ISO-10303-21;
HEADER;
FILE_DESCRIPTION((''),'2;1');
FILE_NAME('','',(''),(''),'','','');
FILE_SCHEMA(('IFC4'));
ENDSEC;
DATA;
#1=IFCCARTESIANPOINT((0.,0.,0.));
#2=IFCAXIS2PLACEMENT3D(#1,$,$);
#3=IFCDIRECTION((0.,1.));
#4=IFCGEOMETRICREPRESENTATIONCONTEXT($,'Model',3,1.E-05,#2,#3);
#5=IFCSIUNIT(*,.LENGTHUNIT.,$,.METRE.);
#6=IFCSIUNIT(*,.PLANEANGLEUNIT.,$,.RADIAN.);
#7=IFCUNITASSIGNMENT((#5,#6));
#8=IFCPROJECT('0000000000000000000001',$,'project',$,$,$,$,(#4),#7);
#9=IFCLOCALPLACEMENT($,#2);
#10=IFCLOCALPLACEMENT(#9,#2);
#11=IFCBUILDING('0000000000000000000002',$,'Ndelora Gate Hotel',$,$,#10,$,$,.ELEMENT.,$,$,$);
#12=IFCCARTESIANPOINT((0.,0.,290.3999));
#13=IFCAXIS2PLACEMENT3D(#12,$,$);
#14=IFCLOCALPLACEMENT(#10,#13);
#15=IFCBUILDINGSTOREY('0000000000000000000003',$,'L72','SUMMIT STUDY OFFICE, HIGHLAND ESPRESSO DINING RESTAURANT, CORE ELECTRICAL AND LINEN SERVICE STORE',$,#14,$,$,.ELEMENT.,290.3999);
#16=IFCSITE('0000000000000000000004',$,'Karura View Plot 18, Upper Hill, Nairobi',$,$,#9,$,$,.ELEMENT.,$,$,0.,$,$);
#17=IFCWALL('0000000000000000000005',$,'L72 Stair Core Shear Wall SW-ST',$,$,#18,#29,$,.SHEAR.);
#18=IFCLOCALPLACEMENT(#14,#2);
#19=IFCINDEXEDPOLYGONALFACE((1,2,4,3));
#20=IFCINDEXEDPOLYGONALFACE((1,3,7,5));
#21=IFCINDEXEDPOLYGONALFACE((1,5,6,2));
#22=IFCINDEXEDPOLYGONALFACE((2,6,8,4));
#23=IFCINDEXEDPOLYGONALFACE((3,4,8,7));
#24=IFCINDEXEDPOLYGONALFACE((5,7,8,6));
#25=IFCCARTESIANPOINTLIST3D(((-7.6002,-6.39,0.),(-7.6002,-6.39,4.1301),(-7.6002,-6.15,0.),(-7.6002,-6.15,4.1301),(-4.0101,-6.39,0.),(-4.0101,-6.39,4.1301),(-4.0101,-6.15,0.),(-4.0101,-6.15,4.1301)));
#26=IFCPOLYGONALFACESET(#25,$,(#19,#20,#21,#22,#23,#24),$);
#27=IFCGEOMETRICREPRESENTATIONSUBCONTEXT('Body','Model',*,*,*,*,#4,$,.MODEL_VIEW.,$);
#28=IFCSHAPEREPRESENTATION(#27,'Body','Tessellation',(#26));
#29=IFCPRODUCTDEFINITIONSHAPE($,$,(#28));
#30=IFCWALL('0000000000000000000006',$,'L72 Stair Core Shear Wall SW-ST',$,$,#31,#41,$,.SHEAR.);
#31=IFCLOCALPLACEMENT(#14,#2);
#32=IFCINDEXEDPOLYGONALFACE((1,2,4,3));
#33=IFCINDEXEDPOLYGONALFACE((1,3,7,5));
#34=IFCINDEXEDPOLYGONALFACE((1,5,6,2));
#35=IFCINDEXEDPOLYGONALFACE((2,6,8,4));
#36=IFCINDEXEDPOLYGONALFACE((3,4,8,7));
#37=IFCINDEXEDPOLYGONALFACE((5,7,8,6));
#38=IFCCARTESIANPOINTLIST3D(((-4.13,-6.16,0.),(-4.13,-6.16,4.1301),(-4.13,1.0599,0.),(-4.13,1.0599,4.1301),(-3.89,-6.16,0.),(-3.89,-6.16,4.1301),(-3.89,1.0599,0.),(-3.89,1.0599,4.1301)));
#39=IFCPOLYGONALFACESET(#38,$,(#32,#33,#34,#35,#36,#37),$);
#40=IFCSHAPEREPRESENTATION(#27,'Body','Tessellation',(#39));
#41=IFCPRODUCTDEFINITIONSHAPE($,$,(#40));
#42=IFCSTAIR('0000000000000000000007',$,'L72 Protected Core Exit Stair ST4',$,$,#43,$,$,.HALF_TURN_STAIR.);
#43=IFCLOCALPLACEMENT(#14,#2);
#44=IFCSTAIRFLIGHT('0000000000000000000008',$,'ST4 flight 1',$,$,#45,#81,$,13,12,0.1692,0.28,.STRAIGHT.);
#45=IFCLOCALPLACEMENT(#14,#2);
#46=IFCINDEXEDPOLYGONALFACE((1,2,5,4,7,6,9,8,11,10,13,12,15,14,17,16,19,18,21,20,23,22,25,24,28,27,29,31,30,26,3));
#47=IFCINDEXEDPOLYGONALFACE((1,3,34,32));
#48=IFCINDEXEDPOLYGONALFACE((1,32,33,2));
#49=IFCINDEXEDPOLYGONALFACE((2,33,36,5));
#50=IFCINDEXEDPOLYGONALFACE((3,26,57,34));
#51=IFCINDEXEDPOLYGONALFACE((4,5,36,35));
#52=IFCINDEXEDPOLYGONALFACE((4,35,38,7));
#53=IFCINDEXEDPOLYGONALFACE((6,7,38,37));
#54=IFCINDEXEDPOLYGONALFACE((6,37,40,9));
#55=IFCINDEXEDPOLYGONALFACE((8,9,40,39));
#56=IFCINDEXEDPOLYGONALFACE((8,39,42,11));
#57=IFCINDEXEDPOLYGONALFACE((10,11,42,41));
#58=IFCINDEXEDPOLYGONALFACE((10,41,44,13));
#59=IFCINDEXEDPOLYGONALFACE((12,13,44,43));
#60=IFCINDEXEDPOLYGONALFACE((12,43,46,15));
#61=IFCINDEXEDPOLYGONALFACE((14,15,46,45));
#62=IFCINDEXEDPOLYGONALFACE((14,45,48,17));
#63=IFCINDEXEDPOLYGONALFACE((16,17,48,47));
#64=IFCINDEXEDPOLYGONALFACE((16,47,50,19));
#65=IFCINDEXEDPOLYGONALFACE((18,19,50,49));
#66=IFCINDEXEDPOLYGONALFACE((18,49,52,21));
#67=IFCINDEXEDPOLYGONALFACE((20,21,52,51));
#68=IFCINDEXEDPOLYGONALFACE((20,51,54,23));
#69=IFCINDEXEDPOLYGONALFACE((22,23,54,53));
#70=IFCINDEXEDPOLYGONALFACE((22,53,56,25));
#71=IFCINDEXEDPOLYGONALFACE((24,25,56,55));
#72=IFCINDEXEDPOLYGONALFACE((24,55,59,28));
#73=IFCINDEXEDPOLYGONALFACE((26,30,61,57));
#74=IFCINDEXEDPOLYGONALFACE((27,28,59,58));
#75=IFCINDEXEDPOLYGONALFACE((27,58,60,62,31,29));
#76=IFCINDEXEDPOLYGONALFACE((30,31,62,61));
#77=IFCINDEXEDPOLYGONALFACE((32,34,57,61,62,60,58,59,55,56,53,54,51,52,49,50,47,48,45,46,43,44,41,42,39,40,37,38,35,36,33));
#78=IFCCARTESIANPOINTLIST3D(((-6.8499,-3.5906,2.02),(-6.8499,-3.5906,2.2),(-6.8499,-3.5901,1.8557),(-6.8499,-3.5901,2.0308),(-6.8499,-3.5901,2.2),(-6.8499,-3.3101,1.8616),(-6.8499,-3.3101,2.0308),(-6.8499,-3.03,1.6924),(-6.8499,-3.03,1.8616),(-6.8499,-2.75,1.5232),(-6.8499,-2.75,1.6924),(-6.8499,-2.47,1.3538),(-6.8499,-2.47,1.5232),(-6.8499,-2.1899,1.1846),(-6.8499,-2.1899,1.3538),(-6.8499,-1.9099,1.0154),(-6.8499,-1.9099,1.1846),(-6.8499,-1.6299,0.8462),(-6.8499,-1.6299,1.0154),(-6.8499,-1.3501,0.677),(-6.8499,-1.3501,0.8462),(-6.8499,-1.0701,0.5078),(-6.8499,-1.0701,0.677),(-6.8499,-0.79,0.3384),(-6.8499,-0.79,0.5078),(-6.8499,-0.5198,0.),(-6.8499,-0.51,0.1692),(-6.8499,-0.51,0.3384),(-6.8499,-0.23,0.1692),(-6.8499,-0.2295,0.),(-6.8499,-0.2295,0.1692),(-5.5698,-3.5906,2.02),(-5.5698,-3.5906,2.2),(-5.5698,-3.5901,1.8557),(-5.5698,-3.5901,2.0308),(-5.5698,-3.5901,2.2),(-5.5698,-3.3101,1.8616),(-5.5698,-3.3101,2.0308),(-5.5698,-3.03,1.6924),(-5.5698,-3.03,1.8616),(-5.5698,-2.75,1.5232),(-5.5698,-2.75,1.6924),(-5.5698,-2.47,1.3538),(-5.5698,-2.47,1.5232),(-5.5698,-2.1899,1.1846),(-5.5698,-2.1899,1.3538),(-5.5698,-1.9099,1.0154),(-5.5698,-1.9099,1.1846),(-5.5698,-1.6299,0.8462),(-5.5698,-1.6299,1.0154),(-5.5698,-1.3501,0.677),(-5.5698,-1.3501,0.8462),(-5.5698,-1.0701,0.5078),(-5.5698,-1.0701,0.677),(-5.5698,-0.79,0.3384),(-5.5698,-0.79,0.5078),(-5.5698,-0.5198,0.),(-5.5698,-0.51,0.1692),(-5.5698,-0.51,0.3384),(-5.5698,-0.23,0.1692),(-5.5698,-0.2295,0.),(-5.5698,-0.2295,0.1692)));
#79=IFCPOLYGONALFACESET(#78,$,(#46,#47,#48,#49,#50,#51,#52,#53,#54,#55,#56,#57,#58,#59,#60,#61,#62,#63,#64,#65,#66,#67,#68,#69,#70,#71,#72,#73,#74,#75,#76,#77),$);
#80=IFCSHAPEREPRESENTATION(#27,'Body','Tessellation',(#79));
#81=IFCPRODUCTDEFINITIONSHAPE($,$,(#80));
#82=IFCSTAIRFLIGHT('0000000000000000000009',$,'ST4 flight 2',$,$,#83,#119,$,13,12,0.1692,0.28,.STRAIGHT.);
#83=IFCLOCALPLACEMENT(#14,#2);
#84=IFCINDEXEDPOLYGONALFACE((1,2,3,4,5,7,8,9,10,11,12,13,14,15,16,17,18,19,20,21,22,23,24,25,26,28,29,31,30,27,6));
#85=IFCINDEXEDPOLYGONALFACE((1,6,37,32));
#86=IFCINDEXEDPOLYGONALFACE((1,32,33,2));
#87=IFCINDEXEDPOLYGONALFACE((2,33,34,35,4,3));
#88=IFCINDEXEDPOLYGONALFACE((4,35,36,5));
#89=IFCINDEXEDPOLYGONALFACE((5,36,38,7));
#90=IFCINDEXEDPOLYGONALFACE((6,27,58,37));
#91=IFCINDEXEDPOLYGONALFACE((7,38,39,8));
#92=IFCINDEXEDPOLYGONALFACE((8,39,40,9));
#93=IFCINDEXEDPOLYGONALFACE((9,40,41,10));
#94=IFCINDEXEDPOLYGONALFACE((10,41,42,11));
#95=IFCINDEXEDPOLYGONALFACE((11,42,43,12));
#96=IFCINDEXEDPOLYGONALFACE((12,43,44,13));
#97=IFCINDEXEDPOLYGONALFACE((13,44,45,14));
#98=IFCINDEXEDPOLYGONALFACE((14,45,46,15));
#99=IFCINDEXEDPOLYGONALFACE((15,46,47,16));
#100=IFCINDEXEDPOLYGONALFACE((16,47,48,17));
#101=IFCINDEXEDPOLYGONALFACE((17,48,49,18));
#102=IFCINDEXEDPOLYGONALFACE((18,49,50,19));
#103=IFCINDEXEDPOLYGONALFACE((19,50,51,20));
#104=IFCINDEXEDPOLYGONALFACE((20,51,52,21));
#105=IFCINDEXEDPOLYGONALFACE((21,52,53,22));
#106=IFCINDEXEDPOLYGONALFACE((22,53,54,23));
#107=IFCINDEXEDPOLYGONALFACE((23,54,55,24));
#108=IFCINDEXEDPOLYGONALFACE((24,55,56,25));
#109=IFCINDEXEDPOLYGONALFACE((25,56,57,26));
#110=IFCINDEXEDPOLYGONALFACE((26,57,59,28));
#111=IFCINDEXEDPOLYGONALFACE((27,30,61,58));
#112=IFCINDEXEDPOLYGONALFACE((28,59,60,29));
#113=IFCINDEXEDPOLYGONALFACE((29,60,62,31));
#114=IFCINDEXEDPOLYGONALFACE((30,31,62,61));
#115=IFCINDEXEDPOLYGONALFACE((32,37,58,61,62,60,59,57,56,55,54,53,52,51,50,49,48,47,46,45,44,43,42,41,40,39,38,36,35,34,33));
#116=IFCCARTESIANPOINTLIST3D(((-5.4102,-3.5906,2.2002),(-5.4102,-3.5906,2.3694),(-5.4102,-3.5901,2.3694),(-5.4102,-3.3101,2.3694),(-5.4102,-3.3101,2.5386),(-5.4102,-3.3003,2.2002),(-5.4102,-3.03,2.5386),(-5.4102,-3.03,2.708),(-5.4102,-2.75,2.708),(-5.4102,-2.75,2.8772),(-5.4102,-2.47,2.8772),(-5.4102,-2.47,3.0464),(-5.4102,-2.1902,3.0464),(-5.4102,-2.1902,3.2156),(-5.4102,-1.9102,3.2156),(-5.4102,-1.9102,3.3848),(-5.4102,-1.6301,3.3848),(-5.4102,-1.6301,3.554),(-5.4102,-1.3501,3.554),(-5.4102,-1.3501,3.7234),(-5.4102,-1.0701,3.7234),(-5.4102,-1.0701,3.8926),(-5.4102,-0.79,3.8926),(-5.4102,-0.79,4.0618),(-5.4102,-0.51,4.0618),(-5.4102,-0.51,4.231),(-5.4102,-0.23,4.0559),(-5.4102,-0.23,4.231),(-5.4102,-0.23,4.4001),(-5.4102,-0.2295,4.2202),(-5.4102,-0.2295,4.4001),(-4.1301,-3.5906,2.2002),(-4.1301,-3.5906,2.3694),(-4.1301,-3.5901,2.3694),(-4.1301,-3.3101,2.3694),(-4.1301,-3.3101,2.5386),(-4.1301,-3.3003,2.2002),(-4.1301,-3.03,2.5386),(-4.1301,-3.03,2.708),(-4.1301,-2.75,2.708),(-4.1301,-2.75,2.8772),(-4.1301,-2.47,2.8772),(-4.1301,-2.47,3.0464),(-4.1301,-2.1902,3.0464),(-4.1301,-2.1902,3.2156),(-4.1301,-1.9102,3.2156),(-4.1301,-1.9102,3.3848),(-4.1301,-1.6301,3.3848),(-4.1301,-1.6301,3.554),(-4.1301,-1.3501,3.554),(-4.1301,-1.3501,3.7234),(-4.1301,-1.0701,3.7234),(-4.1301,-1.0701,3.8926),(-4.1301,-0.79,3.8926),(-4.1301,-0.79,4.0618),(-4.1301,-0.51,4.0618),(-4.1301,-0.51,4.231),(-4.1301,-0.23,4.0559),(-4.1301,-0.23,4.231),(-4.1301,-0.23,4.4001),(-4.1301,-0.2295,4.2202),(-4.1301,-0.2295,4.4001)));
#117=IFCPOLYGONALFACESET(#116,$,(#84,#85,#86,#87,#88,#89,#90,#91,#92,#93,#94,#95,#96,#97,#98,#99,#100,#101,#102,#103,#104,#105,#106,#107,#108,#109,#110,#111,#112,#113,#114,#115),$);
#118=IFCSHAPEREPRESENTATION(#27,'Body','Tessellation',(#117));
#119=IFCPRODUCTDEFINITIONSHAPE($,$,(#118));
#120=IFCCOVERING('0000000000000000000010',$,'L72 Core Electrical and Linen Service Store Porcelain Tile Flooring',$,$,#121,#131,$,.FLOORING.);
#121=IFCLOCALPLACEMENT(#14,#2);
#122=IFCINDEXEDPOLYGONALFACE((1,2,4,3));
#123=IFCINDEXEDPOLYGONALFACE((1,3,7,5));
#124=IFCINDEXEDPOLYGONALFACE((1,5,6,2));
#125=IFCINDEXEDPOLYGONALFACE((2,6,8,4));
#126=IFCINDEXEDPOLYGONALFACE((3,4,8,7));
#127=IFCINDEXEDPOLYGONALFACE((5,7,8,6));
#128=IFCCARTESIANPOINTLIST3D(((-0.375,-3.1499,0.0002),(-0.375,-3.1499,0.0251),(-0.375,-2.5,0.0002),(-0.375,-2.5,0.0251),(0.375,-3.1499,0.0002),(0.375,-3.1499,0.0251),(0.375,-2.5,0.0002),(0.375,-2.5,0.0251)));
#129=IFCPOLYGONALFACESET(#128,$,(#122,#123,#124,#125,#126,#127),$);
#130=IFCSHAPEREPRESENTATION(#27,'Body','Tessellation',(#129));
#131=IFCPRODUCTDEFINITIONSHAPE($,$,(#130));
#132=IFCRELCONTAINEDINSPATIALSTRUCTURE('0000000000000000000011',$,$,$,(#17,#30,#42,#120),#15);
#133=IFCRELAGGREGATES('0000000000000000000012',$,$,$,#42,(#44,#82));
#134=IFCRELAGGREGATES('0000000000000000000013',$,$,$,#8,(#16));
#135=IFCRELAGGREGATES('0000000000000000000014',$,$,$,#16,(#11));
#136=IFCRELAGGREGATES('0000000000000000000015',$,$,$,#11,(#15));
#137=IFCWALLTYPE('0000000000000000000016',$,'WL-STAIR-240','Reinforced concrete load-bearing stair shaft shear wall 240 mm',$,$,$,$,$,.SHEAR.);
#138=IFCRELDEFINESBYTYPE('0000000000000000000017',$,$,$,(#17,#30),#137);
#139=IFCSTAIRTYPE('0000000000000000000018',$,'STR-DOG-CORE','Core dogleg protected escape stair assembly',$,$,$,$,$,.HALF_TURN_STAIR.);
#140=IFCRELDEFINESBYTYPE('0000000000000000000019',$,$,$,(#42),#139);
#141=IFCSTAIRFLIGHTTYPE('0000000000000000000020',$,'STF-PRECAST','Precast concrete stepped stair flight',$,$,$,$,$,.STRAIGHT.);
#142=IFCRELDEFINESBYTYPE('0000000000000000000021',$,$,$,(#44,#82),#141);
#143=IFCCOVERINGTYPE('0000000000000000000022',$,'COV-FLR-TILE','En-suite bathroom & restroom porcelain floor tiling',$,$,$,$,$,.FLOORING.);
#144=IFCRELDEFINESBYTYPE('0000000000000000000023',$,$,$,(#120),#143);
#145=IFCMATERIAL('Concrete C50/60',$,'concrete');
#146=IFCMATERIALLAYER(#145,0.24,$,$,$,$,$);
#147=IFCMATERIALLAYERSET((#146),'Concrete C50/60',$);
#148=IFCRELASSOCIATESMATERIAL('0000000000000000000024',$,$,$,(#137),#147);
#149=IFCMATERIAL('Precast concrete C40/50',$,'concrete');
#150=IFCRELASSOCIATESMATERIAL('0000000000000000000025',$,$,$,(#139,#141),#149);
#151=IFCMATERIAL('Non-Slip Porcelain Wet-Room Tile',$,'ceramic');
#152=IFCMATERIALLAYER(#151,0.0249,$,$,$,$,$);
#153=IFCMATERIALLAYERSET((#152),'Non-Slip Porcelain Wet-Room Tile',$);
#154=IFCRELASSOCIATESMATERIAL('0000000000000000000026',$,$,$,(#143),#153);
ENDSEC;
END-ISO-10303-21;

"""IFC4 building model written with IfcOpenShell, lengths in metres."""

from ifc_helpers import new_model, si_unit, direction, frame, frame_2d, origin, origin_2d, place, context, subcontext, project, spatial, polyline, rectangle, outline, extrude, material, layer, layer_set, type_object, element, aggregate, save


model = new_model("IFC4")

# Units and contexts
model_context = context("Model", 3, precision=1e-05, world=origin(), true_north=direction((0.0, 1.0)))
body_context = subcontext(model_context, "Body", "Model", "MODEL_VIEW")
ifc_project = project(units=[si_unit("LENGTHUNIT", "METRE"), si_unit("PLANEANGLEUNIT", "RADIAN")], contexts=[model_context])

# Site, building, storey
site_placement = place(None, origin())
site = spatial("IfcSite", under=ifc_project, at=site_placement, Name="Karura View Plot 18, Upper Hill, Nairobi", CompositionType="ELEMENT", RefElevation=0.0)
building_placement = place(site_placement, origin())
building = spatial("IfcBuilding", under=site, at=building_placement, Name="Ndelora Gate Hotel", CompositionType="ELEMENT")
storey_placement = place(building_placement, frame((0.0, 0.0, 290.3999)))
storey = spatial("IfcBuildingStorey", under=building, at=storey_placement, Name="L72", Description="SUMMIT STUDY OFFICE, HIGHLAND ESPRESSO DINING RESTAURANT, CORE ELECTRICAL AND LINEN SERVICE STORE", CompositionType="ELEMENT", Elevation=290.3999)

# Walls
ifc_material_1 = material(Name="Concrete C50/60", Category="concrete")
ifc_layer_1 = layer(ifc_material_1, 0.24)
ifc_layer_set_1 = layer_set([ifc_layer_1], Name="Concrete C50/60")
wall_type_1 = type_object("IfcWallType", Name="WL-STAIR-240", Description="Reinforced concrete load-bearing stair shaft shear wall 240 mm", PredefinedType="SHEAR", material=ifc_layer_set_1)
wall_1_placement = place(storey_placement, frame((-7.6001, -6.27, 0.0), z_axis=(0.0, 0.0, 1.0), x_axis=(1.0, 0.0, 0.0)))
element("IfcWall", 1, at=wall_1_placement, inside=storey, type_object=wall_type_1, Name="L72 Stair Core Shear Wall SW-ST", PredefinedType="SHEAR", context=body_context, shape_type="SweptSolid", body=[
    extrude(rectangle(XDim=3.5901, YDim=0.24, at=frame_2d((1.7949, 0.0))), origin(), (0.0, 0.0, 1.0), 4.1301),
])
wall_2_placement = place(storey_placement, frame((-4.01, -6.1599, 0.0), z_axis=(0.0, 0.0, 1.0), x_axis=(0.0, 1.0, 0.0)))
element("IfcWall", 2, at=wall_2_placement, inside=storey, type_object=wall_type_1, Name="L72 Stair Core Shear Wall SW-ST", PredefinedType="SHEAR", context=body_context, shape_type="SweptSolid", body=[
    extrude(rectangle(XDim=7.22, YDim=0.24, at=frame_2d((3.6099, 0.0))), origin(), (0.0, 0.0, 1.0), 4.1301),
])

# Stair, stair flights
ifc_material_2 = material(Name="Precast concrete C40/50", Category="concrete")
stair_type = type_object("IfcStairType", Name="STR-DOG-CORE", Description="Core dogleg protected escape stair assembly", PredefinedType="HALF_TURN_STAIR", material=ifc_material_2)
stair_placement = place(storey_placement, origin())
stair = element("IfcStair", 3, at=stair_placement, inside=storey, type_object=stair_type, Name="L72 Protected Core Exit Stair ST4", PredefinedType="HALF_TURN_STAIR")
stair_flight_type = type_object("IfcStairFlightType", Name="STF-PRECAST", Description="Precast concrete stepped stair flight", PredefinedType="STRAIGHT", material=ifc_material_2)
stair_flight_1_placement = place(storey_placement, frame((-6.21, -0.23, 0.0), z_axis=(0.0, 0.0, 1.0), x_axis=(0.0, -1.0, 0.0)))
stair_flight_1 = element("IfcStairFlight", 4, at=stair_flight_1_placement, type_object=stair_flight_type, Name="ST4 flight 1", NumberOfRisers=13, NumberOfTreads=12, PredefinedType="STRAIGHT", RiserHeight=0.1692, TreadLength=0.28, context=body_context, shape_type="SweptSolid", body=[
    extrude(outline(polyline([(-0.0005, 0.0), (-0.0005, 0.1692), (0.0, 0.1692), (0.28, 0.1692), (0.28, 0.3384), (0.5601, 0.3384), (0.5601, 0.5078), (0.8401, 0.5078), (0.8401, 0.677), (1.1201, 0.677), (1.1201, 0.8462), (1.3999, 0.8462), (1.3999, 1.0154), (1.6799, 1.0154), (1.6799, 1.1846), (1.96, 1.1846), (1.96, 1.3538), (2.24, 1.3538), (2.24, 1.5232), (2.52, 1.5232), (2.52, 1.6924), (2.8, 1.6924), (2.8, 1.8616), (3.0801, 1.8616), (3.0801, 2.0308), (3.3601, 2.0308), (3.3601, 2.2), (3.3606, 2.2), (3.3606, 2.02), (3.3601, 1.8557), (0.2898, 0.0), (-0.0005, 0.0)])), frame((0.0, 0.6401, 0.0), z_axis=(0.0, -1.0, 0.0), x_axis=(1.0, 0.0, 0.0)), (0.0, 0.0, 1.0), 1.28),
])
stair_flight_2_placement = place(storey_placement, frame((-4.77, -3.5901, 2.2002), z_axis=(0.0, 0.0, 1.0), x_axis=(0.0, 1.0, 0.0)))
stair_flight_2 = element("IfcStairFlight", 5, at=stair_flight_2_placement, type_object=stair_flight_type, Name="ST4 flight 2", NumberOfRisers=13, NumberOfTreads=12, PredefinedType="STRAIGHT", RiserHeight=0.1692, TreadLength=0.28, context=body_context, shape_type="SweptSolid", body=[
    extrude(outline(polyline([(-0.0005, 0.0), (-0.0005, 0.1692), (0.0, 0.1692), (0.28, 0.1692), (0.28, 0.3384), (0.5601, 0.3384), (0.5601, 0.5078), (0.8401, 0.5078), (0.8401, 0.677), (1.1201, 0.677), (1.1201, 0.8462), (1.3999, 0.8462), (1.3999, 1.0154), (1.6799, 1.0154), (1.6799, 1.1846), (1.96, 1.1846), (1.96, 1.3538), (2.24, 1.3538), (2.24, 1.5232), (2.52, 1.5232), (2.52, 1.6924), (2.8, 1.6924), (2.8, 1.8616), (3.0801, 1.8616), (3.0801, 2.0308), (3.3601, 2.0308), (3.3601, 2.2), (3.3606, 2.2), (3.3606, 2.02), (3.3601, 1.8557), (0.2898, 0.0), (-0.0005, 0.0)])), frame((0.0, 0.6401, 0.0), z_axis=(0.0, -1.0, 0.0), x_axis=(1.0, 0.0, 0.0)), (0.0, 0.0, 1.0), 1.28),
])
aggregate(stair, [stair_flight_1, stair_flight_2])

# Covering
ifc_material_3 = material(Name="Non-Slip Porcelain Wet-Room Tile", Category="ceramic")
ifc_layer_2 = layer(ifc_material_3, 0.0249)
ifc_layer_set_2 = layer_set([ifc_layer_2], Name="Non-Slip Porcelain Wet-Room Tile")
covering_type = type_object("IfcCoveringType", Name="COV-FLR-TILE", Description="En-suite bathroom & restroom porcelain floor tiling", PredefinedType="FLOORING", material=ifc_layer_set_2)
covering_placement = place(storey_placement, frame((0.0, -2.825, 0.0002), z_axis=(0.0, 0.0, 1.0), x_axis=(1.0, 0.0, 0.0)))
element("IfcCovering", 6, at=covering_placement, inside=storey, type_object=covering_type, Name="L72 Core Electrical and Linen Service Store Porcelain Tile Flooring", PredefinedType="FLOORING", context=body_context, shape_type="SweptSolid", body=[
    extrude(rectangle(XDim=0.75, YDim=0.6499, at=origin_2d()), origin(), (0.0, 0.0, 1.0), 0.0249),
])

save(model, "model.ifc")
